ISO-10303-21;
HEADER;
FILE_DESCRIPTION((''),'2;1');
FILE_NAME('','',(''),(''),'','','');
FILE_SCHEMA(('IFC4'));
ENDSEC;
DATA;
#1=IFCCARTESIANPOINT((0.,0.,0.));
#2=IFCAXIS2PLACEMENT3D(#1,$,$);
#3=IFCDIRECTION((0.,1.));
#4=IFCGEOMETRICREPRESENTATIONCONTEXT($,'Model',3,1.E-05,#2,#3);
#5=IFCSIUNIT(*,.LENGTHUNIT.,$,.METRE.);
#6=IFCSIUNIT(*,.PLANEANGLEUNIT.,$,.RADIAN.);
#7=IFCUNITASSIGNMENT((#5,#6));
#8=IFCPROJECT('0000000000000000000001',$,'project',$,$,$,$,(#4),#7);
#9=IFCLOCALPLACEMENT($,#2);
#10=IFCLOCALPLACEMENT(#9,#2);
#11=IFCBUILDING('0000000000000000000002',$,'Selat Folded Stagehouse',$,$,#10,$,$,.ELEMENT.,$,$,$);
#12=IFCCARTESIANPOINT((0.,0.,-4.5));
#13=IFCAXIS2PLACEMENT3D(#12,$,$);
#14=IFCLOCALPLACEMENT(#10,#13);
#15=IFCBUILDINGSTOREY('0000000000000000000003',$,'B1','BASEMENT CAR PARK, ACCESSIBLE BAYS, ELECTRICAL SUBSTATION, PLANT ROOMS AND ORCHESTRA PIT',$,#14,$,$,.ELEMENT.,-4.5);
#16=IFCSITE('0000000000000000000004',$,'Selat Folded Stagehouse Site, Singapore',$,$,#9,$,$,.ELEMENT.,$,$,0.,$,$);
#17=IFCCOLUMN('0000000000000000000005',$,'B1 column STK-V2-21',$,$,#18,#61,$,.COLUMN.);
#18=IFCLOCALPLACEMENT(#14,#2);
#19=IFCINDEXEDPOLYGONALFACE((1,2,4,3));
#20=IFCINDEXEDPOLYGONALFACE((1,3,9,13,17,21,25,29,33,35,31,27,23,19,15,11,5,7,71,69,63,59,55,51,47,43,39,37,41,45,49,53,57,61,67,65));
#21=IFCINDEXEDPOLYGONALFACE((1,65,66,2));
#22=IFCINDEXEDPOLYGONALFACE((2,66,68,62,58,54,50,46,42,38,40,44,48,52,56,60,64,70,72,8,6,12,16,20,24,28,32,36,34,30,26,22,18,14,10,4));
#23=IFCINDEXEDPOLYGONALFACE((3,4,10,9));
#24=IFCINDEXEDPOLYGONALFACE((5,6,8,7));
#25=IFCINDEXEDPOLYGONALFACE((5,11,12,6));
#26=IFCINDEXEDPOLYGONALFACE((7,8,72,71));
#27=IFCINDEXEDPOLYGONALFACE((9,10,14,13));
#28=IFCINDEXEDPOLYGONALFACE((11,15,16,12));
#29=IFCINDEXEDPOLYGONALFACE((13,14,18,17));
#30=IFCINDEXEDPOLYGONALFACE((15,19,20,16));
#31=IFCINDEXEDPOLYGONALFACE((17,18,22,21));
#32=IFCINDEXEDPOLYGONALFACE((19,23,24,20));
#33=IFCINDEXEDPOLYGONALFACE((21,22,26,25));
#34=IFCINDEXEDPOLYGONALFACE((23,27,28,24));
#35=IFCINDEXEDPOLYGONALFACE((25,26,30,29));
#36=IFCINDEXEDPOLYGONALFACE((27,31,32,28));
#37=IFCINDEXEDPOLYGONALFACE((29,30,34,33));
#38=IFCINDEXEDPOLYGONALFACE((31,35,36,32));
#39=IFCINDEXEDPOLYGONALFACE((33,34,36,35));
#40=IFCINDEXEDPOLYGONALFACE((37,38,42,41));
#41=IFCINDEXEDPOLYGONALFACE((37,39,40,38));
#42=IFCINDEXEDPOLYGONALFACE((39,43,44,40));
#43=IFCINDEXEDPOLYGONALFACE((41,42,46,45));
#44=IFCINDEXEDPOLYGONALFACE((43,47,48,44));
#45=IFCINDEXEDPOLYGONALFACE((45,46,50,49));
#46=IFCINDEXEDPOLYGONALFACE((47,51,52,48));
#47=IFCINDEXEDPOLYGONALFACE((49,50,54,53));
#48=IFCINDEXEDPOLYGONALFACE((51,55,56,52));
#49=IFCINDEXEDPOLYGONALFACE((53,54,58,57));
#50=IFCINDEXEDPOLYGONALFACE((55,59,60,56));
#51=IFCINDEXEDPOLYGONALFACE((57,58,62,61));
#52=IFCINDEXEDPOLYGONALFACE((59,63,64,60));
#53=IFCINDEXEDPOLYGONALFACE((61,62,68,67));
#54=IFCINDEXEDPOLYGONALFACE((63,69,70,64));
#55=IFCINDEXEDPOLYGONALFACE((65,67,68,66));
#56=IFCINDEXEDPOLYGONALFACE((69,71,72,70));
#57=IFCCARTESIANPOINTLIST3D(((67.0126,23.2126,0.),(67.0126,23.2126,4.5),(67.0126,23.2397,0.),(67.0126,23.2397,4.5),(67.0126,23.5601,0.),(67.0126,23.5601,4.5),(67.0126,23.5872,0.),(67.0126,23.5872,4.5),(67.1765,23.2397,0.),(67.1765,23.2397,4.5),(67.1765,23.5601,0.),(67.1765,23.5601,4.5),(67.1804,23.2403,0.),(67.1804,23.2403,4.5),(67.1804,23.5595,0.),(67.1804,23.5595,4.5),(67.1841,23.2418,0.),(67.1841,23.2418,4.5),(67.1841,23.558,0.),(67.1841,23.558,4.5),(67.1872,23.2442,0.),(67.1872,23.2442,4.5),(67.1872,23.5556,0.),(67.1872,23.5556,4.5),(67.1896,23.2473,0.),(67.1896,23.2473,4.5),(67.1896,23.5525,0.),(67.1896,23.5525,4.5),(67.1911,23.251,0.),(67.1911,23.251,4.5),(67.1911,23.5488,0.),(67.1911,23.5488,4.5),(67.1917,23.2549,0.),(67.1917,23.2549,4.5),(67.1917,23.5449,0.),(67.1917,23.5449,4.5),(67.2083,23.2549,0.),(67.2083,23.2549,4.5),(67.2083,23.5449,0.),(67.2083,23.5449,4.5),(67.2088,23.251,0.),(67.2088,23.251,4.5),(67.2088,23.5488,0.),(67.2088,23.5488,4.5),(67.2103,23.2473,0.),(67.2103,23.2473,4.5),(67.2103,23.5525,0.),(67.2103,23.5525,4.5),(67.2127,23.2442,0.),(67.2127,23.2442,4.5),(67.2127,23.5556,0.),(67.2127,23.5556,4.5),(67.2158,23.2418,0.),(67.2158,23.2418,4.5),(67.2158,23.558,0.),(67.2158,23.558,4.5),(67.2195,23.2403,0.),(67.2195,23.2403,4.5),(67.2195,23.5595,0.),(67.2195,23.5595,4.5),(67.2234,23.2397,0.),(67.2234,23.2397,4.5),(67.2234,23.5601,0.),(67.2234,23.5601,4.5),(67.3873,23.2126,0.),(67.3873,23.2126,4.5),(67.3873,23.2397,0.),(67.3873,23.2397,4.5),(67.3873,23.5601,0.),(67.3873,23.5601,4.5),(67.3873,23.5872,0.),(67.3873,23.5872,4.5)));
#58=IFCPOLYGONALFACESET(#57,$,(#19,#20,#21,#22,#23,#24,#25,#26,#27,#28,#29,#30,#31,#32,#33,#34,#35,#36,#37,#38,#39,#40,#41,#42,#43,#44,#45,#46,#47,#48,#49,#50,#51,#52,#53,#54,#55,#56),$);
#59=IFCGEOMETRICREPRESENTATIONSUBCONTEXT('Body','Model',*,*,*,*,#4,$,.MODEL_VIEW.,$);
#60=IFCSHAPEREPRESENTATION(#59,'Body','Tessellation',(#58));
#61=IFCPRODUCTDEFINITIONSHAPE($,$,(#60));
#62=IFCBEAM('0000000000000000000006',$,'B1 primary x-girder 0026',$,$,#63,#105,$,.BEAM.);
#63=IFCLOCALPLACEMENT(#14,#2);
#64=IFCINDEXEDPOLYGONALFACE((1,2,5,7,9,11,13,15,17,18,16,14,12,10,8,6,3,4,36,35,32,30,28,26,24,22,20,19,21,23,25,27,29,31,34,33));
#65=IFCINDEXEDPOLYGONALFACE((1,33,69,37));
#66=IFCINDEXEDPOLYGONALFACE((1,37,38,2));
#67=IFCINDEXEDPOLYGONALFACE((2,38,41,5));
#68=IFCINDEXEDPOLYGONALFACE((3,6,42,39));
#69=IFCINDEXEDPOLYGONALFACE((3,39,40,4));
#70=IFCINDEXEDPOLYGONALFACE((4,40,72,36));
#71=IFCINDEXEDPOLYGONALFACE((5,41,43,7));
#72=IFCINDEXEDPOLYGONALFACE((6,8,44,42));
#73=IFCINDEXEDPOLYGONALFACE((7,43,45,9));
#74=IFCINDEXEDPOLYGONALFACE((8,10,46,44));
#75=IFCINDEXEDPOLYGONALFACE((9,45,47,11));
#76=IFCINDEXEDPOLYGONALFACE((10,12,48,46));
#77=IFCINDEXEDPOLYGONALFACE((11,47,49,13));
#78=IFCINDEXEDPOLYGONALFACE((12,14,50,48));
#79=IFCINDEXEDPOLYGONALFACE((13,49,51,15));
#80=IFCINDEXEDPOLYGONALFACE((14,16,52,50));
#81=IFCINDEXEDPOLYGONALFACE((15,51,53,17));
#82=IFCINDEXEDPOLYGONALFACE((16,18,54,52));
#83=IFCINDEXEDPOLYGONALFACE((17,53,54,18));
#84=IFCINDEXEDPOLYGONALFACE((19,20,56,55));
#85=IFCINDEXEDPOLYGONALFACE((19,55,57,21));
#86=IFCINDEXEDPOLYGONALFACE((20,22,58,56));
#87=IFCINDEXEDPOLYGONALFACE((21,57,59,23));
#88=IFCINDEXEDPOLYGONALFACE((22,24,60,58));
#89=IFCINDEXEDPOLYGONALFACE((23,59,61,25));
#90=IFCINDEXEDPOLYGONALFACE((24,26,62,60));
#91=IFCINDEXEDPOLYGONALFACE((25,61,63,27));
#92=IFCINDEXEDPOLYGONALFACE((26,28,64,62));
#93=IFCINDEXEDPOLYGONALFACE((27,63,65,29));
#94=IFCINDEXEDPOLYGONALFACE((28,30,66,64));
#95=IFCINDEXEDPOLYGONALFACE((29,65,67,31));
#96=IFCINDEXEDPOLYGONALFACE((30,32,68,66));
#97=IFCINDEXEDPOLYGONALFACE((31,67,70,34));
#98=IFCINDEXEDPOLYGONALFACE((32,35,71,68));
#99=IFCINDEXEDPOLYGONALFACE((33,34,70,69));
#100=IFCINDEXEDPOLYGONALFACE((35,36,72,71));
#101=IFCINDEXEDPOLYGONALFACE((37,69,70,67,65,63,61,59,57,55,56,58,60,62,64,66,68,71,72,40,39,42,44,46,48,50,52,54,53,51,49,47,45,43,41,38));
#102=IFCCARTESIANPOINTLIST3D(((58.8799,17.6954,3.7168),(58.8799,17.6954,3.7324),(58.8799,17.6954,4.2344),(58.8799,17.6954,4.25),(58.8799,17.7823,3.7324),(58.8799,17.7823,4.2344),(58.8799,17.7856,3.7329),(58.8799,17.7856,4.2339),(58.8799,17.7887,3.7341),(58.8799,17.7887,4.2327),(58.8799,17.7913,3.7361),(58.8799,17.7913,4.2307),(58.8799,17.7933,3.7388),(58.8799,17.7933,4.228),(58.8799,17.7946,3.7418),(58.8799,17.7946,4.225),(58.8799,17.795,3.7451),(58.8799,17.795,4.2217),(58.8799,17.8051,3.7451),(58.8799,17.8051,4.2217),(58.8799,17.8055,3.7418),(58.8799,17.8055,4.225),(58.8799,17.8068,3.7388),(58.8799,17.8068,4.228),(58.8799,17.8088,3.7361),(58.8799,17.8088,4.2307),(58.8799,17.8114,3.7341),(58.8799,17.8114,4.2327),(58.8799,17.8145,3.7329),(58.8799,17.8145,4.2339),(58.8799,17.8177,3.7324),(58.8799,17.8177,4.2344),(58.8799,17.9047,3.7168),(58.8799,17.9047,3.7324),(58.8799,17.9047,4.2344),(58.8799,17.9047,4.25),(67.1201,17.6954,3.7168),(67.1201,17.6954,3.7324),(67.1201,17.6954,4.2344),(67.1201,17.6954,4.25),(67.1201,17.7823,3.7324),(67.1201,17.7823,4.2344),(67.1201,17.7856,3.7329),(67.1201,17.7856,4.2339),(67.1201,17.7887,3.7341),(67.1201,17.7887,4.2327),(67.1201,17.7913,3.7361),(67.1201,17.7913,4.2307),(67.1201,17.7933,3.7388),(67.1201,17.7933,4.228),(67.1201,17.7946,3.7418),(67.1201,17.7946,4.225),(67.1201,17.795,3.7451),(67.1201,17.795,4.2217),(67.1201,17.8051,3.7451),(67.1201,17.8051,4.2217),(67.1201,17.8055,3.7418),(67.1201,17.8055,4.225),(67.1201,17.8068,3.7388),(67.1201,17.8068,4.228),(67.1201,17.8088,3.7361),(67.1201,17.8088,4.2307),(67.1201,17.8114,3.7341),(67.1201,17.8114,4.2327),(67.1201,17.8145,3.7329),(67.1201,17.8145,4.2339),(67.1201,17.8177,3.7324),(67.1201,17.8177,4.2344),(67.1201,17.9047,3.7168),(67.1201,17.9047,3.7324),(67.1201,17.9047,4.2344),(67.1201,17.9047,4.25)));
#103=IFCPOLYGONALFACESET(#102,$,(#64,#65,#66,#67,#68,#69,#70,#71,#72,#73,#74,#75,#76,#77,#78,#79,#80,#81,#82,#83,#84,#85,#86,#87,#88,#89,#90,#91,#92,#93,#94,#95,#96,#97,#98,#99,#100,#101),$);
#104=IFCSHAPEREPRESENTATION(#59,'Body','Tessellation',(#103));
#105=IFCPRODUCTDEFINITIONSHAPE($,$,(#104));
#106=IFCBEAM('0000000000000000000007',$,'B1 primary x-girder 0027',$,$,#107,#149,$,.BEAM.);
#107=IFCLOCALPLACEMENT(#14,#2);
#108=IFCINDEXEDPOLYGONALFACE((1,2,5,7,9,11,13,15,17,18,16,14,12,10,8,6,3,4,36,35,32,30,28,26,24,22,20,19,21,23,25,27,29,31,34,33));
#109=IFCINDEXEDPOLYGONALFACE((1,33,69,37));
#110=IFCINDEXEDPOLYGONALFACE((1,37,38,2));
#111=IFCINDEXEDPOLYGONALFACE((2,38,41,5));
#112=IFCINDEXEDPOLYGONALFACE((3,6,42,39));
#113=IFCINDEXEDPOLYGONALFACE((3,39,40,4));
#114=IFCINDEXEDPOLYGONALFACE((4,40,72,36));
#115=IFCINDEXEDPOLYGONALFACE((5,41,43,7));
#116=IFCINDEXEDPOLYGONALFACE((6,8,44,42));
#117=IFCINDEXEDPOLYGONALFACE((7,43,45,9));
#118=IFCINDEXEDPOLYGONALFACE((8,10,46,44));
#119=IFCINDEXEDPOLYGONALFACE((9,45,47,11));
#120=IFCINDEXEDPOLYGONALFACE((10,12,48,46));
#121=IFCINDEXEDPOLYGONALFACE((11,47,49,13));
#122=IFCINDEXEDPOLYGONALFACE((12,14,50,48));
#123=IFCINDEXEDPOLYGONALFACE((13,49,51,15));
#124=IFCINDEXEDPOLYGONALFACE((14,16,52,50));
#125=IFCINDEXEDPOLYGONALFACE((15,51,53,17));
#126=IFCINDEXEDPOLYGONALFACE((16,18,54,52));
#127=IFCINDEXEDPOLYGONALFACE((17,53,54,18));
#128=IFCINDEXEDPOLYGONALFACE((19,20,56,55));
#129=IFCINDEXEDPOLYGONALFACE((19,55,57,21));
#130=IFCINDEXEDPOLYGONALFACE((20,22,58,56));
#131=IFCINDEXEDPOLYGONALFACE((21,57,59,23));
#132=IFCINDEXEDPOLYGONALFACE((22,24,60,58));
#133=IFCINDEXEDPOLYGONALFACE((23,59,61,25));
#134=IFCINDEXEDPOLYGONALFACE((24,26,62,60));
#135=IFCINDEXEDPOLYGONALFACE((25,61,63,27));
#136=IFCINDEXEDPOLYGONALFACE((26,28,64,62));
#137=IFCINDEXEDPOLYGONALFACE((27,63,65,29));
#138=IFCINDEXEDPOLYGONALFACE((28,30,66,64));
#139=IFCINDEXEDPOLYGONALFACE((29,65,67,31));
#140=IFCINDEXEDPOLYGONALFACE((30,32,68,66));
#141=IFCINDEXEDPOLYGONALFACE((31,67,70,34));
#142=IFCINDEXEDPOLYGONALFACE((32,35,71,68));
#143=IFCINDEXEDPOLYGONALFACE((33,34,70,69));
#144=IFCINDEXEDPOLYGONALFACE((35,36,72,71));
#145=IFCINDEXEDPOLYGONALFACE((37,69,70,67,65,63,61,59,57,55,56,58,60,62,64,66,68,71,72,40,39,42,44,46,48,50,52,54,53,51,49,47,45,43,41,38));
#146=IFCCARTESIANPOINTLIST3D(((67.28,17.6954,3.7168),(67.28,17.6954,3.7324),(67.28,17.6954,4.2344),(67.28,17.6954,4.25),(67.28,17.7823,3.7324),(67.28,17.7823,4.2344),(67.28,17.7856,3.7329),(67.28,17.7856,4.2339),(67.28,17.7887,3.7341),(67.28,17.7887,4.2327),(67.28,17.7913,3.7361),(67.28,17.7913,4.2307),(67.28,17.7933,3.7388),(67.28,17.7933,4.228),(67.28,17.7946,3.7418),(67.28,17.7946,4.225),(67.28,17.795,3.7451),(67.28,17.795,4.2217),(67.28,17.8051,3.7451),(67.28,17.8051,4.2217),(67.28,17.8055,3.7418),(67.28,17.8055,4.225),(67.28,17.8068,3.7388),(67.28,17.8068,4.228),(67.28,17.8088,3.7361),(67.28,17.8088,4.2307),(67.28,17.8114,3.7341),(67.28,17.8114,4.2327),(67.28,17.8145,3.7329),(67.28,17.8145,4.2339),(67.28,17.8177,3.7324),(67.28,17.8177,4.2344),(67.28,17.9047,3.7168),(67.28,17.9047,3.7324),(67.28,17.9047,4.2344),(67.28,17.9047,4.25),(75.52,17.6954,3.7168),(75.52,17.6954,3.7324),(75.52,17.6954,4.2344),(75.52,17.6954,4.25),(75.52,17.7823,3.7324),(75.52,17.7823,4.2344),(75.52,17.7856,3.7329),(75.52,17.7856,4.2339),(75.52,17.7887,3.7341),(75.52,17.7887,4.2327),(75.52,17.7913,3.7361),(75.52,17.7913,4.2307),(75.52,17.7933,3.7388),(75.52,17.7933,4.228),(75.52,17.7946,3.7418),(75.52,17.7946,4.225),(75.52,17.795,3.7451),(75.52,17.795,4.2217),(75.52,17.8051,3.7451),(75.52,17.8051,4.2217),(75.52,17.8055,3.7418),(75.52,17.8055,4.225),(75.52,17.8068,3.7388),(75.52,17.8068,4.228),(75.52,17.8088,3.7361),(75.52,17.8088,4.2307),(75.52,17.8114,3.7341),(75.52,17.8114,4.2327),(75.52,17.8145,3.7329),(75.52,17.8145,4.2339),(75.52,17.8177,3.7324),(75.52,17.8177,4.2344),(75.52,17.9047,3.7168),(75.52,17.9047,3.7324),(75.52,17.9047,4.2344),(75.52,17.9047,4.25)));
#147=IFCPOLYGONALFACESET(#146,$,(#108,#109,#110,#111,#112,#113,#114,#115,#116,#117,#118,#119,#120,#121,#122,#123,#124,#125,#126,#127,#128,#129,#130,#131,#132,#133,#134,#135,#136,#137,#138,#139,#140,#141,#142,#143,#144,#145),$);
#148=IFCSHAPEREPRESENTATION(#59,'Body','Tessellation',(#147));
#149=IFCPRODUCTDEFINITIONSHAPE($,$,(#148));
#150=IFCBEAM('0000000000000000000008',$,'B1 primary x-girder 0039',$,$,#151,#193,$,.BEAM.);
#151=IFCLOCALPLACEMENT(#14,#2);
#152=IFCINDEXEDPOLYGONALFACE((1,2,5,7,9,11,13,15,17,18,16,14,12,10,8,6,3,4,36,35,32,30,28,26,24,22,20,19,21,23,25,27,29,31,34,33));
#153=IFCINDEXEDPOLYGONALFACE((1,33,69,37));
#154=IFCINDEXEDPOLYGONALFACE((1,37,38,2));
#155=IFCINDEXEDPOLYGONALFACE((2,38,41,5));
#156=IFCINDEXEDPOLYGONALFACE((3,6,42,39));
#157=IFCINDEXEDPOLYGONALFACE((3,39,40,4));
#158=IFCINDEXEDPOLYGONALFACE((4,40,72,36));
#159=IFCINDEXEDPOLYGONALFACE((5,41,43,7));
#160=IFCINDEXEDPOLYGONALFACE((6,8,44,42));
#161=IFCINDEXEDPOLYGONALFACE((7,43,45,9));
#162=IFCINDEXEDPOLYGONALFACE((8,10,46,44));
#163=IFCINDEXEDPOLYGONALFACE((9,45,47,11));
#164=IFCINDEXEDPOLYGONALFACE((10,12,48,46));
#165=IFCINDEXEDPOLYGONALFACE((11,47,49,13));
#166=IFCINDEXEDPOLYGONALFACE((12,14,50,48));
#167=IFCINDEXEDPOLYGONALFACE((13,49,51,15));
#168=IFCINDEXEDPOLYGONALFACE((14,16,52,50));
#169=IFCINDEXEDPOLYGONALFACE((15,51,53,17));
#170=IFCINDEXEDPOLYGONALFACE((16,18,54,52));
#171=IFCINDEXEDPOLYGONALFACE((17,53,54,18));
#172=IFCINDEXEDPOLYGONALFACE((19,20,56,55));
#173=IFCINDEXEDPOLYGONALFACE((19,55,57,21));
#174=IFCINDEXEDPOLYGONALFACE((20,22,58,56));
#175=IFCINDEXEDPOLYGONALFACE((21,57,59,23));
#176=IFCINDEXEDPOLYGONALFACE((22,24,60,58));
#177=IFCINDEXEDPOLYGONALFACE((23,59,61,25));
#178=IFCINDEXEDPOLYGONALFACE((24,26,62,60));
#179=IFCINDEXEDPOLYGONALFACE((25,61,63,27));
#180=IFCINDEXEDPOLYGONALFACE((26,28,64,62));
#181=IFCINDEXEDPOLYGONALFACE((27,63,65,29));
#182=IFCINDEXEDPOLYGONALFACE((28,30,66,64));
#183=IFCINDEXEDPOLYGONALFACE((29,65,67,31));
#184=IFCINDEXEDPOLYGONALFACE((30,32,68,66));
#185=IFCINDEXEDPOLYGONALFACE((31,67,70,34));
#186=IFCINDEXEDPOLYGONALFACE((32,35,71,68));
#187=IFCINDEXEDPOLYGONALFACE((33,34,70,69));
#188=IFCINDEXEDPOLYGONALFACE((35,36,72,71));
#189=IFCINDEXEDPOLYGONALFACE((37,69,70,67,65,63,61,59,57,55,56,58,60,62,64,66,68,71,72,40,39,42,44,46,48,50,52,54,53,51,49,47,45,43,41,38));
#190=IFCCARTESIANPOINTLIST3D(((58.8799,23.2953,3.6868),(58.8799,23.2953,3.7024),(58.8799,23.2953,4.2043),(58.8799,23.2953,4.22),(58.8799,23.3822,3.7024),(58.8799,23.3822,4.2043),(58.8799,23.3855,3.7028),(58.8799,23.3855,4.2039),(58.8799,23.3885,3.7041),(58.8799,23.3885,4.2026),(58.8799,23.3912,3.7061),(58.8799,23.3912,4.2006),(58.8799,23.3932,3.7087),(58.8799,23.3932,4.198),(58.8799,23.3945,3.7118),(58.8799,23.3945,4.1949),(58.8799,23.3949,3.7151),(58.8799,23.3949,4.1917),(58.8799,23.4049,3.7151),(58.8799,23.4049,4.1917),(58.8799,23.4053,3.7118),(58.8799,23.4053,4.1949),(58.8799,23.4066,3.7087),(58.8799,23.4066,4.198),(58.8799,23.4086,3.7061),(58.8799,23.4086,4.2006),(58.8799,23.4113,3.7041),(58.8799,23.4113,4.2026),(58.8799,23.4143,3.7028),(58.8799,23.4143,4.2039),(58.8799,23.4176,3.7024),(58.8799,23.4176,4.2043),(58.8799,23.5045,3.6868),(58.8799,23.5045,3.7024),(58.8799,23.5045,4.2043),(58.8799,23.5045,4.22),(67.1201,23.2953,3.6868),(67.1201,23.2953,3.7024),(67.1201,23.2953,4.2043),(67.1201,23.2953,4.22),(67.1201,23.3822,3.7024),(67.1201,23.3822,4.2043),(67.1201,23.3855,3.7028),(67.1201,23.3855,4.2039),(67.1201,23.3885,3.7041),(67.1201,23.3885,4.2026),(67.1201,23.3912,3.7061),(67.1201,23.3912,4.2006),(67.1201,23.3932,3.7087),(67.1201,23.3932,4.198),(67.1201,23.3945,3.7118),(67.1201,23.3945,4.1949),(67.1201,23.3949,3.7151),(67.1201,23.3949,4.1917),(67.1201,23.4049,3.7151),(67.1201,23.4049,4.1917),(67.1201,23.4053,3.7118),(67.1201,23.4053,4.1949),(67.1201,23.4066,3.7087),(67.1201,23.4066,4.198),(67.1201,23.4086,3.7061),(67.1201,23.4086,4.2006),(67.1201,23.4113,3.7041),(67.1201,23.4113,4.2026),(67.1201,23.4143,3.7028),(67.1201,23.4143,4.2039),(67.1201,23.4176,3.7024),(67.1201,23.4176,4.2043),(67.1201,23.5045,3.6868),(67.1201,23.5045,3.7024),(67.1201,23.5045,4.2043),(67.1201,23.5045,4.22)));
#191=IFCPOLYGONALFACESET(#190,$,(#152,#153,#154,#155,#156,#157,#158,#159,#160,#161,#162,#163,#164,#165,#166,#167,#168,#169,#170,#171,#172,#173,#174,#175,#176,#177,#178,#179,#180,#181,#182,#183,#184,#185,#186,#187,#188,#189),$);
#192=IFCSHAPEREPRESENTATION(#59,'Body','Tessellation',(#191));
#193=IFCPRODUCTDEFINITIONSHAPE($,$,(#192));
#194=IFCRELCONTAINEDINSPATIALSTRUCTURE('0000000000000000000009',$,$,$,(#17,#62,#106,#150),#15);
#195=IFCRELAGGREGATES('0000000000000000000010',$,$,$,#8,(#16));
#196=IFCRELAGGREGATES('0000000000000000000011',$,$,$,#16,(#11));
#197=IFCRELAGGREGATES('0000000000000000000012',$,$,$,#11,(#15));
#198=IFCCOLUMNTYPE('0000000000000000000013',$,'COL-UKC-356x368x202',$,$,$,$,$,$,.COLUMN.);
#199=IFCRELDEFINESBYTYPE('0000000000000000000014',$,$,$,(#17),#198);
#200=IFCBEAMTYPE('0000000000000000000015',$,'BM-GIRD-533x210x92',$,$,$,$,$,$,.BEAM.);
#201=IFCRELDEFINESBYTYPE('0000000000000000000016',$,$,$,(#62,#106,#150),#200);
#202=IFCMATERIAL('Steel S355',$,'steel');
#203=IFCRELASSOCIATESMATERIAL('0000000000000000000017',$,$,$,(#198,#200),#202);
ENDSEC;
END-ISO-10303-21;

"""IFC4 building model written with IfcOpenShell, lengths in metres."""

from ifc_helpers import new_model, si_unit, direction, frame, origin, origin_2d, place, context, subcontext, project, spatial, i_section, extrude, material, material_profile, profile_set, type_object, element, save


model = new_model("IFC4")

# Units and contexts
model_context = context("Model", 3, precision=1e-05, world=origin(), true_north=direction((0.0, 1.0)))
body_context = subcontext(model_context, "Body", "Model", "MODEL_VIEW")
ifc_project = project(units=[si_unit("LENGTHUNIT", "METRE"), si_unit("PLANEANGLEUNIT", "RADIAN")], contexts=[model_context])

# Site, building, storey
site_placement = place(None, origin())
site = spatial("IfcSite", under=ifc_project, at=site_placement, Name="Selat Folded Stagehouse Site, Singapore", CompositionType="ELEMENT", RefElevation=0.0)
building_placement = place(site_placement, origin())
building = spatial("IfcBuilding", under=site, at=building_placement, Name="Selat Folded Stagehouse", CompositionType="ELEMENT")
storey_placement = place(building_placement, frame((0.0, 0.0, -4.5)))
storey = spatial("IfcBuildingStorey", under=building, at=storey_placement, Name="B1", Description="BASEMENT CAR PARK, ACCESSIBLE BAYS, ELECTRICAL SUBSTATION, PLANT ROOMS AND ORCHESTRA PIT", CompositionType="ELEMENT", Elevation=-4.5)

# Column
ifc_material_1 = material(Name="Steel S355", Category="steel")
ifc_material_profile_1 = material_profile(ifc_material_1, i_section(OverallWidth=0.3748, OverallDepth=0.3745, WebThickness=0.0166, FlangeThickness=0.0271, FilletRadius=0.0151, at=origin_2d()), Name="UKC 356x368x202")
ifc_profile_set_1 = profile_set([ifc_material_profile_1], Name="Steel S355")
column_type_1 = type_object("IfcColumnType", Name="COL-UKC-356x368x202", PredefinedType="COLUMN", material=ifc_profile_set_1)
column_1_placement = place(storey_placement, frame((67.2, 23.3999, 0.0), z_axis=(0.0, 0.0, 1.0), x_axis=(1.0, 0.0, 0.0)))
element("IfcColumn", 1, at=column_1_placement, inside=storey, type_object=column_type_1, Name="B1 column STK-V2-21", PredefinedType="COLUMN", context=body_context, shape_type="SweptSolid", body=[
    extrude(i_section(OverallWidth=0.3748, OverallDepth=0.3745, WebThickness=0.0166, FlangeThickness=0.0271, FilletRadius=0.0151, at=origin_2d()), origin(), (0.0, 0.0, 1.0), 4.5),
])

# Beams
ifc_material_profile_2 = material_profile(ifc_material_1, i_section(OverallWidth=0.2092, OverallDepth=0.5332, WebThickness=0.01, FlangeThickness=0.0156, FilletRadius=0.0127, at=origin_2d()), Name="UKB 533x210x92")
ifc_profile_set_2 = profile_set([ifc_material_profile_2], Name="Steel S355")
beam_type_1 = type_object("IfcBeamType", Name="BM-GIRD-533x210x92", PredefinedType="BEAM", material=ifc_profile_set_2)
beam_1_placement = place(storey_placement, frame((58.8799, 17.8, 3.9834), z_axis=(1.0, 0.0, 0.0), x_axis=(0.0, 1.0, 0.0)))
element("IfcBeam", 2, at=beam_1_placement, inside=storey, type_object=beam_type_1, Name="B1 primary x-girder 0026", PredefinedType="BEAM", context=body_context, shape_type="SweptSolid", body=[
    extrude(i_section(OverallWidth=0.2092, OverallDepth=0.5332, WebThickness=0.01, FlangeThickness=0.0156, FilletRadius=0.0127, at=origin_2d()), origin(), (0.0, 0.0, 1.0), 8.2402),
])
beam_2_placement = place(storey_placement, frame((67.28, 17.8, 3.9834), z_axis=(1.0, 0.0, 0.0), x_axis=(0.0, 1.0, 0.0)))
element("IfcBeam", 3, at=beam_2_placement, inside=storey, type_object=beam_type_1, Name="B1 primary x-girder 0027", PredefinedType="BEAM", context=body_context, shape_type="SweptSolid", body=[
    extrude(i_section(OverallWidth=0.2092, OverallDepth=0.5332, WebThickness=0.01, FlangeThickness=0.0156, FilletRadius=0.0127, at=origin_2d()), origin(), (0.0, 0.0, 1.0), 8.24),
])
beam_3_placement = place(storey_placement, frame((58.8799, 23.3999, 3.9534), z_axis=(1.0, 0.0, 0.0), x_axis=(0.0, 1.0, 0.0)))
element("IfcBeam", 4, at=beam_3_placement, inside=storey, type_object=beam_type_1, Name="B1 primary x-girder 0039", PredefinedType="BEAM", context=body_context, shape_type="SweptSolid", body=[
    extrude(i_section(OverallWidth=0.2092, OverallDepth=0.5332, WebThickness=0.01, FlangeThickness=0.0156, FilletRadius=0.0127, at=origin_2d()), origin(), (0.0, 0.0, 1.0), 8.2402),
])

save(model, "model.ifc")
